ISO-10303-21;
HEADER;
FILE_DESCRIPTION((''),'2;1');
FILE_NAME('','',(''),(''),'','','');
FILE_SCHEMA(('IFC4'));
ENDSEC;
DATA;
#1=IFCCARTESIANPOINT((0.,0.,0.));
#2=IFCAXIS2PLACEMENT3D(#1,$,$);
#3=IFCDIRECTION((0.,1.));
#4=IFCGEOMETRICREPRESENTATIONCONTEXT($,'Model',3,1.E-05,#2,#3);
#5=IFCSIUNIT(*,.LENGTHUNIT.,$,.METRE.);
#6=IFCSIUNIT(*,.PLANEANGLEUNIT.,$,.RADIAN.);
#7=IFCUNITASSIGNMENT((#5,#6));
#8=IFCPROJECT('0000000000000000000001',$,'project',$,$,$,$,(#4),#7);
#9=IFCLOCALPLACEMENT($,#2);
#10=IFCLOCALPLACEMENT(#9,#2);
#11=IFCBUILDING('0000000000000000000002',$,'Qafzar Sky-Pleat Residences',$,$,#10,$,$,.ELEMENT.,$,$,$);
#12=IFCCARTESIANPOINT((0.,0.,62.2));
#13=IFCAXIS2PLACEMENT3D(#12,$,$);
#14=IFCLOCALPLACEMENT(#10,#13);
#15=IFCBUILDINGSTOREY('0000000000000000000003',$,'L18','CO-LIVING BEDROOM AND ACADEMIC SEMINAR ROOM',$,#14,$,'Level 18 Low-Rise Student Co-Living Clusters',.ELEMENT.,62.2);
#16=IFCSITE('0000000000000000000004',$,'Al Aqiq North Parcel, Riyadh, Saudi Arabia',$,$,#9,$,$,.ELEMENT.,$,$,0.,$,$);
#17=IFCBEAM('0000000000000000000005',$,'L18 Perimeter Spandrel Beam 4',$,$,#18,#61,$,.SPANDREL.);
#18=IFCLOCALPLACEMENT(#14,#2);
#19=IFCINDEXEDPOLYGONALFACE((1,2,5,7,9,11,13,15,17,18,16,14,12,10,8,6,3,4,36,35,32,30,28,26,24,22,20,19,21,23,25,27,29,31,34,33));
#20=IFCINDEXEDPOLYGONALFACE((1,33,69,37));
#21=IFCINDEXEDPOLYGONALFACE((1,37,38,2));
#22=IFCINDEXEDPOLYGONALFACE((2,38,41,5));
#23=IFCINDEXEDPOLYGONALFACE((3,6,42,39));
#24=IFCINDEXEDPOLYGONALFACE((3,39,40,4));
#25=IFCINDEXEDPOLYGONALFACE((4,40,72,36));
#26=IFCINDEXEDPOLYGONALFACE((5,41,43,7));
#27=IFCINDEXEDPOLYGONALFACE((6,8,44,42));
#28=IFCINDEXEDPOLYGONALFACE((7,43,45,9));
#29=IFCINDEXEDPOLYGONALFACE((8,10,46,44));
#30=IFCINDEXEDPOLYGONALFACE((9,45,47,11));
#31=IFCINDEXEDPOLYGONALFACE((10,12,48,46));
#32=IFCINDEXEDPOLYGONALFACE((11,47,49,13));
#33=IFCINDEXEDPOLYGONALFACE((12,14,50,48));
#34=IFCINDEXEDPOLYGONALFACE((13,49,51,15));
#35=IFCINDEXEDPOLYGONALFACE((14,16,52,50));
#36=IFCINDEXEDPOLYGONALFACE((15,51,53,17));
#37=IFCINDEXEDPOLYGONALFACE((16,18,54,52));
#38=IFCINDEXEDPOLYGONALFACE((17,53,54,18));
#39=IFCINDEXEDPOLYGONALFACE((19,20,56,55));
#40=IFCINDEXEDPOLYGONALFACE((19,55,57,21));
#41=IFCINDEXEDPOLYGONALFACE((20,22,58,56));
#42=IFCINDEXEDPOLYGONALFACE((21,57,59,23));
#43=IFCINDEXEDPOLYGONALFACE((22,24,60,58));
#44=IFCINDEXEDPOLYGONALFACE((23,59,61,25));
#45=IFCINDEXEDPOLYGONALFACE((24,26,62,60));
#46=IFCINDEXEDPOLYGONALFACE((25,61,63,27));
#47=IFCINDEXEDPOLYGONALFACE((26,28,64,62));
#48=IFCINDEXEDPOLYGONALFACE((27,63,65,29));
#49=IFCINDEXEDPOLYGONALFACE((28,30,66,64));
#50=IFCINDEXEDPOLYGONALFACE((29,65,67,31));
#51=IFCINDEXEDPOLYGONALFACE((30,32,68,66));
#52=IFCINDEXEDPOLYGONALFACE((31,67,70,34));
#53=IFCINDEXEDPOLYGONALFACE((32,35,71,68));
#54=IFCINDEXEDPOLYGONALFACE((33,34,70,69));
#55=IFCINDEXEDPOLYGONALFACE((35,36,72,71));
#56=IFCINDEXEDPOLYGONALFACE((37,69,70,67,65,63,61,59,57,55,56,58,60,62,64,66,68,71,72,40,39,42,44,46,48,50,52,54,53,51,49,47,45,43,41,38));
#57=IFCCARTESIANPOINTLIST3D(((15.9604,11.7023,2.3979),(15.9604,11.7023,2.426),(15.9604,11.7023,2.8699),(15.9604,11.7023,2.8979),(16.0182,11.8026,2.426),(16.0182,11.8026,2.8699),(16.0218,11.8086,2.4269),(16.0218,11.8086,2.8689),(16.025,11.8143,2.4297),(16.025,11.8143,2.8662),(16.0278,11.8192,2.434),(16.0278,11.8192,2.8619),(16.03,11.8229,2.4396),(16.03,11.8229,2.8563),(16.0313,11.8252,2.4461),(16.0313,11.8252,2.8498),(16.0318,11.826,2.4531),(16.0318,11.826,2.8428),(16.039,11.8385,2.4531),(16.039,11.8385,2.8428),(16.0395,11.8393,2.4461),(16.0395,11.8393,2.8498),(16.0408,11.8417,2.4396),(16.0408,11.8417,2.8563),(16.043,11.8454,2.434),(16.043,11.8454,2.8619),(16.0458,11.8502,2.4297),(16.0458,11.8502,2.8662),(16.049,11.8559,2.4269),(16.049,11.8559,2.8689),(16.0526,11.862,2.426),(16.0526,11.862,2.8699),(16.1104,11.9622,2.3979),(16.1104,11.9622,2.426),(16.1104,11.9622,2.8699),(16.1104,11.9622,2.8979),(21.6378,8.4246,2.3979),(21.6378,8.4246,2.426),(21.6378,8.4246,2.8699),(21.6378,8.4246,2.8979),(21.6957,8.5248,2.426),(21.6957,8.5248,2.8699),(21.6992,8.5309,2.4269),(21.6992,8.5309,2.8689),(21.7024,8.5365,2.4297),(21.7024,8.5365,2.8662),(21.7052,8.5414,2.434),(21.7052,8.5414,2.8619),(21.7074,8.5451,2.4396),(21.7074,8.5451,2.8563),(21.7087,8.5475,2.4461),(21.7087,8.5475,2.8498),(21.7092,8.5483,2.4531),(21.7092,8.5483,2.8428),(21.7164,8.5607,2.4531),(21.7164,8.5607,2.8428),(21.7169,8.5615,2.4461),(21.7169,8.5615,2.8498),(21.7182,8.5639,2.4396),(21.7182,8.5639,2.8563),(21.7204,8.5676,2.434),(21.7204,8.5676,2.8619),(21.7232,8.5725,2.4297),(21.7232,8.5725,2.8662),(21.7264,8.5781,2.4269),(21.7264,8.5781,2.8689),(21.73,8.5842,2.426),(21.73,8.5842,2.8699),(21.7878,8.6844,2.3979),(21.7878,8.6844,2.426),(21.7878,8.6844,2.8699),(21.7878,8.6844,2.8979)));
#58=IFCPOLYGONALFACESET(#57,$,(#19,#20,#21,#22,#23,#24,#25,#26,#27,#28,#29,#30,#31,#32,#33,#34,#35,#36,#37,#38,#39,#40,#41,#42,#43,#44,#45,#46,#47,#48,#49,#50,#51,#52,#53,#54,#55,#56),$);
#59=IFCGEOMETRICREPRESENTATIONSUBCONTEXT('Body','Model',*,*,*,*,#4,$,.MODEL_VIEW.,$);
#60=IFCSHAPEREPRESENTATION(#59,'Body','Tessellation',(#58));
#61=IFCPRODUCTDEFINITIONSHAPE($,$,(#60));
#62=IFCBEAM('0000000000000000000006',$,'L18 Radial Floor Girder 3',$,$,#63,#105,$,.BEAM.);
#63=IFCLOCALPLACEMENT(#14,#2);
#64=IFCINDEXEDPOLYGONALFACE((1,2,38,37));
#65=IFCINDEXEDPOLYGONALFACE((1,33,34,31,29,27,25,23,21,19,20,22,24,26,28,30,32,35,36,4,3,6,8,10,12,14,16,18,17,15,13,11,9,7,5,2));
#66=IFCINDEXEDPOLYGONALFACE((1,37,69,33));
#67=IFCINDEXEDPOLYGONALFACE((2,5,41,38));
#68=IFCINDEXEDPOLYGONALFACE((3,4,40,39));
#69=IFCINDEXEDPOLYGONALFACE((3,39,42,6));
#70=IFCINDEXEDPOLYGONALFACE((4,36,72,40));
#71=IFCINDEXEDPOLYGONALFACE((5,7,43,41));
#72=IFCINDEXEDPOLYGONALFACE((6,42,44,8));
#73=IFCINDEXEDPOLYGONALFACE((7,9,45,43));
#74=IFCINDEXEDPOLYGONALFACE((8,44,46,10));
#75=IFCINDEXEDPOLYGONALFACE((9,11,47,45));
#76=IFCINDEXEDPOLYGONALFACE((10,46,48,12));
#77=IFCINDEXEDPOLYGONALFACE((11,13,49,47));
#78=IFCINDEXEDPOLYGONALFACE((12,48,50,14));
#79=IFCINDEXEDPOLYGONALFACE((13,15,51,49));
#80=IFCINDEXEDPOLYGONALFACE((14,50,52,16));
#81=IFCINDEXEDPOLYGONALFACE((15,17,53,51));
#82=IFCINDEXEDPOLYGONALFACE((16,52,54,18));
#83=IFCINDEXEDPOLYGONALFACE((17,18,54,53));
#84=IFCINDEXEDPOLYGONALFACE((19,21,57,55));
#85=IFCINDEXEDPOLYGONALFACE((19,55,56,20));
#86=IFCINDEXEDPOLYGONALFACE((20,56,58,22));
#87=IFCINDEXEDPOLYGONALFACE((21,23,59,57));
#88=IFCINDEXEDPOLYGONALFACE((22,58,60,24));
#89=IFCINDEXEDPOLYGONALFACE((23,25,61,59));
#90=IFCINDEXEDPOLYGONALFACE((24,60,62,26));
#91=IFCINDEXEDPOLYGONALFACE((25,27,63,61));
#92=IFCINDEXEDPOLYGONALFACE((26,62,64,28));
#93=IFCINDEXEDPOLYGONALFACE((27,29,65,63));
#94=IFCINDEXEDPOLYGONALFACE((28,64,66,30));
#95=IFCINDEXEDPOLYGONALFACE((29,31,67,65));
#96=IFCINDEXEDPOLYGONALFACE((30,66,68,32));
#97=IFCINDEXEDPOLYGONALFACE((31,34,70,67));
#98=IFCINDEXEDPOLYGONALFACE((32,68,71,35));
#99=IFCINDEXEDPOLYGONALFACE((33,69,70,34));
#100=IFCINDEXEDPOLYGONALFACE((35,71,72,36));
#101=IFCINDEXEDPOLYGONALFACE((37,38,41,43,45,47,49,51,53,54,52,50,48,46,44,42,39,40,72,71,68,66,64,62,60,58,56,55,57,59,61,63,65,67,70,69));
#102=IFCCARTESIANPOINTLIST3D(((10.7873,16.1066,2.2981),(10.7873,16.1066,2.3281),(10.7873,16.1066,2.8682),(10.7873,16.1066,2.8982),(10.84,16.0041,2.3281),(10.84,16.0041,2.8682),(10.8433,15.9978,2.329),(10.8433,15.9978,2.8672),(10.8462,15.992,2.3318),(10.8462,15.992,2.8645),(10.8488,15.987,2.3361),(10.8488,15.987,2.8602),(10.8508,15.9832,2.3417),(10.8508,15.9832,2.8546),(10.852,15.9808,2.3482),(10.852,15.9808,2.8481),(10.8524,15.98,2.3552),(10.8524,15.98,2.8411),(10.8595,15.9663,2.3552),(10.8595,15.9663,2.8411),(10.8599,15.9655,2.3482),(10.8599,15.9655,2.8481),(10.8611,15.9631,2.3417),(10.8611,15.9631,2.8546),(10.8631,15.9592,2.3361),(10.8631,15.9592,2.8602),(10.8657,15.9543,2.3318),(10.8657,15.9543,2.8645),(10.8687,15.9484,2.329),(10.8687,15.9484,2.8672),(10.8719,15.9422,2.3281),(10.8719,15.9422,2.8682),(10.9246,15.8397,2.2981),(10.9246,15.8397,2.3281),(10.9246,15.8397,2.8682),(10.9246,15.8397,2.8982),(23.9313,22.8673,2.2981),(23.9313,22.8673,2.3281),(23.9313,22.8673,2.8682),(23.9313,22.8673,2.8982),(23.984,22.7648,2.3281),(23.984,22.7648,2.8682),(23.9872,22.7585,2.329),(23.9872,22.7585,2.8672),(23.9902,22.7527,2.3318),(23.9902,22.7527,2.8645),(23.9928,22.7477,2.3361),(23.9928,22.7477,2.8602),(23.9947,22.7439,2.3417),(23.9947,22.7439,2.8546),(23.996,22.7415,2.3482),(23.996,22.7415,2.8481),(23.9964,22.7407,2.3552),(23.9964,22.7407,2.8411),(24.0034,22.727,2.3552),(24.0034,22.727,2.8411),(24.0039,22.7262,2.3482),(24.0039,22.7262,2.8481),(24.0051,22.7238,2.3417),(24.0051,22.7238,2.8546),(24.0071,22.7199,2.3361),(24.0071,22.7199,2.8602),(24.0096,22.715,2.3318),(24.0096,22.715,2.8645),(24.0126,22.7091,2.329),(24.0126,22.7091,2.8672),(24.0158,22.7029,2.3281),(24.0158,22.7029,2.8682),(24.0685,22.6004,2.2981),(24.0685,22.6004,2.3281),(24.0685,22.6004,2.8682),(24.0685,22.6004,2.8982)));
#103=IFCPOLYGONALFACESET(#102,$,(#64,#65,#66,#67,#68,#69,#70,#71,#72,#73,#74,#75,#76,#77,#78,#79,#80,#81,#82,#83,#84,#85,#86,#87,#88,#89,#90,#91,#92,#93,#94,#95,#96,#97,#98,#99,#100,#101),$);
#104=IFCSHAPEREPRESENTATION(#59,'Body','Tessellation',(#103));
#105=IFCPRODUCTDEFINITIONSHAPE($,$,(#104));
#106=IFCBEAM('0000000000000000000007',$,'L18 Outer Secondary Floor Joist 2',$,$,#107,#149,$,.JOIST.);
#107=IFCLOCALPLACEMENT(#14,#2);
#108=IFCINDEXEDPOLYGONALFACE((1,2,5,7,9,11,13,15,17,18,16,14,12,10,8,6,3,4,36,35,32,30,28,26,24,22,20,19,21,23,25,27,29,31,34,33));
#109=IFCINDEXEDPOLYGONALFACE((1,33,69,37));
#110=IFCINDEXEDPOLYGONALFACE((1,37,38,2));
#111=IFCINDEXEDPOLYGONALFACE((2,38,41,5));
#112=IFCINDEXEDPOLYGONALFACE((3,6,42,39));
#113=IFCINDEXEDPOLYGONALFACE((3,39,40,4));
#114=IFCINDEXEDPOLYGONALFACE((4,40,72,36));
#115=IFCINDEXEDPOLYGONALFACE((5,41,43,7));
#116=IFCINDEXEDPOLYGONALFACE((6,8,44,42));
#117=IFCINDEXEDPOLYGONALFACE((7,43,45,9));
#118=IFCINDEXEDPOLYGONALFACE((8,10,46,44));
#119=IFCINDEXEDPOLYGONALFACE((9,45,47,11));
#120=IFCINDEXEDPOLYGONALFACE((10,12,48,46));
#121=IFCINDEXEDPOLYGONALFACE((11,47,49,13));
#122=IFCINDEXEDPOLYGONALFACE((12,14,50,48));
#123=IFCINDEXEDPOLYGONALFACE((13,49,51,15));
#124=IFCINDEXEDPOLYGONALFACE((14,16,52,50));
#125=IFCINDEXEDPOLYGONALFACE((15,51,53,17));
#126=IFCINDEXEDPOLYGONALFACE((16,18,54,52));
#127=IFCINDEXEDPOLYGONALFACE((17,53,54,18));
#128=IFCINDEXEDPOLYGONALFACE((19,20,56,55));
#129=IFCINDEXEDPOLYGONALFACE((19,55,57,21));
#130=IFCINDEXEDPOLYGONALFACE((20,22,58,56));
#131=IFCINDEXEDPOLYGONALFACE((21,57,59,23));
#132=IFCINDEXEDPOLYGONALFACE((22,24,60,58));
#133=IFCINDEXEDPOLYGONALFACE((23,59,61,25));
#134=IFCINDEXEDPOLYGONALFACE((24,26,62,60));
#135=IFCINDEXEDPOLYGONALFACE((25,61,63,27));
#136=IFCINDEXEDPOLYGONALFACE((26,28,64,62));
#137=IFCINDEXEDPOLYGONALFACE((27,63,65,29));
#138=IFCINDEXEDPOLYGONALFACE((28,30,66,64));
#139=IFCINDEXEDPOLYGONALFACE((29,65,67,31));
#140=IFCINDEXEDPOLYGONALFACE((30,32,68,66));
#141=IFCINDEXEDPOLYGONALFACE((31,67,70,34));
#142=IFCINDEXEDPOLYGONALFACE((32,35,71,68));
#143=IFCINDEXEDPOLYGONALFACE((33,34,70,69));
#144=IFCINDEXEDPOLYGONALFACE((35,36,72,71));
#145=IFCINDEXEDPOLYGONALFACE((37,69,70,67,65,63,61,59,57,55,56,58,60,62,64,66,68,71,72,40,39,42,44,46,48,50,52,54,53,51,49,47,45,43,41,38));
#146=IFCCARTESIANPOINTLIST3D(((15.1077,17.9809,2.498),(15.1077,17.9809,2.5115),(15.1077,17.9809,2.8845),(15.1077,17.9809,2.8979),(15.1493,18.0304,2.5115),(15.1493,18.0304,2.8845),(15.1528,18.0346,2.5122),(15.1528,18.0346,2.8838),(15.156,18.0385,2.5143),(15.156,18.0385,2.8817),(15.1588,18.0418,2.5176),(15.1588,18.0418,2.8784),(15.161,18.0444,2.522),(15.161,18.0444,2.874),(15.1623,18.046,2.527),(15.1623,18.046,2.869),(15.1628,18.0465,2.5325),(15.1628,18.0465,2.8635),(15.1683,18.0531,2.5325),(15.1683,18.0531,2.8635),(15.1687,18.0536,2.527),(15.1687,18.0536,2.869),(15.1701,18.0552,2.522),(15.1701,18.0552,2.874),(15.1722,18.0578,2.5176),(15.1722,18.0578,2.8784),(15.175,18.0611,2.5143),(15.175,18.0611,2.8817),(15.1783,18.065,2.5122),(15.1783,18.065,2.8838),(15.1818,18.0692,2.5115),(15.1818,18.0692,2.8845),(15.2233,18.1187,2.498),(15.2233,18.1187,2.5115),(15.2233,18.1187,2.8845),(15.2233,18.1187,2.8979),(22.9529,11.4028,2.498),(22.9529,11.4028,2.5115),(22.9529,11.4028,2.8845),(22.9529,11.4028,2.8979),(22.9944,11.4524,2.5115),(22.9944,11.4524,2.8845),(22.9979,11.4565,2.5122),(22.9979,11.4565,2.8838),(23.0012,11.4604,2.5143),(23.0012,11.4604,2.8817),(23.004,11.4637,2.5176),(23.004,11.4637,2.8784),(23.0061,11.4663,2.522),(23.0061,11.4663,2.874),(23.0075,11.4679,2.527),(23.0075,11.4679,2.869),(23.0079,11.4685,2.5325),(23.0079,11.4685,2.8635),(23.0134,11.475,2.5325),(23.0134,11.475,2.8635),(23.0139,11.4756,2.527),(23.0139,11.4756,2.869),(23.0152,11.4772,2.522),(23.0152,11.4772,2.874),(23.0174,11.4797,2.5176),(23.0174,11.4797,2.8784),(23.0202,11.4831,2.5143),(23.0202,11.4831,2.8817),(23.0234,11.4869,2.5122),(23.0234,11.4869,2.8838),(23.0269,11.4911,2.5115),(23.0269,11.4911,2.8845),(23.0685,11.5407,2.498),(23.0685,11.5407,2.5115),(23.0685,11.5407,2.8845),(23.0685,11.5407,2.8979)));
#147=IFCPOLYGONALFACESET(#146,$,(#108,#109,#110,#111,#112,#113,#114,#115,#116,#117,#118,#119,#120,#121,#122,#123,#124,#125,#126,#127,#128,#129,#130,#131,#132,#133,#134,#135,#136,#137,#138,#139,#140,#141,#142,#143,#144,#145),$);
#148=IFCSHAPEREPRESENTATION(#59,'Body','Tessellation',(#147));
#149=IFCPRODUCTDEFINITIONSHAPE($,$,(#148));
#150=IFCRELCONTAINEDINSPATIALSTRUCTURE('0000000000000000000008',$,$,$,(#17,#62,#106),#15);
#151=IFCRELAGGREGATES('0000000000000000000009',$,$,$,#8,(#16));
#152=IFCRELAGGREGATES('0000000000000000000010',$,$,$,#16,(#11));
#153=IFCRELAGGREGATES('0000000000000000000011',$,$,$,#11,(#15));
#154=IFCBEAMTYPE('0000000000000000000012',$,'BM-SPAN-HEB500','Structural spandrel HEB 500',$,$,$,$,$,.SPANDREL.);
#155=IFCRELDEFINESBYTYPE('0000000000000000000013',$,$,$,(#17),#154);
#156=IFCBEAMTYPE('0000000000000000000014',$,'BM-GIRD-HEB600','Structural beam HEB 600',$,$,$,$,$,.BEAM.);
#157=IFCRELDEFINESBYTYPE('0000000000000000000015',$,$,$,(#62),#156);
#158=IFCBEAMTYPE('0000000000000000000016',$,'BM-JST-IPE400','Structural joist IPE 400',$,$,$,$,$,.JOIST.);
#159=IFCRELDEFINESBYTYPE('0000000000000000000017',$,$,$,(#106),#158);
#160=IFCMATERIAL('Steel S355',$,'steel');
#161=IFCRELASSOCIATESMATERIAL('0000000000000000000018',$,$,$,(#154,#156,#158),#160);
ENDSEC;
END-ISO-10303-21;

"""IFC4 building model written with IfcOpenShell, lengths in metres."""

from ifc_helpers import new_model, si_unit, direction, frame, origin, origin_2d, place, context, subcontext, project, spatial, i_section, extrude, source, transform, mapped, material, material_profile, profile_set, type_object, element, save


model = new_model("IFC4")

# Units and contexts
model_context = context("Model", 3, precision=1e-05, world=origin(), true_north=direction((0.0, 1.0)))
body_context = subcontext(model_context, "Body", "Model", "MODEL_VIEW")
ifc_project = project(units=[si_unit("LENGTHUNIT", "METRE"), si_unit("PLANEANGLEUNIT", "RADIAN")], contexts=[model_context])

# Site, building, storey
site_placement = place(None, origin())
site = spatial("IfcSite", under=ifc_project, at=site_placement, Name="Al Aqiq North Parcel, Riyadh, Saudi Arabia", CompositionType="ELEMENT", RefElevation=0.0)
building_placement = place(site_placement, origin())
building = spatial("IfcBuilding", under=site, at=building_placement, Name="Qafzar Sky-Pleat Residences", CompositionType="ELEMENT")
storey_placement = place(building_placement, frame((0.0, 0.0, 62.2)))
storey = spatial("IfcBuildingStorey", under=building, at=storey_placement, Name="L18", Description="CO-LIVING BEDROOM AND ACADEMIC SEMINAR ROOM", LongName="Level 18 Low-Rise Student Co-Living Clusters", CompositionType="ELEMENT", Elevation=62.2)

# Beams
ifc_material_1 = material(Name="Steel S355", Category="steel")
ifc_material_profile_1 = material_profile(ifc_material_1, i_section(OverallWidth=0.3, OverallDepth=0.5, WebThickness=0.0144, FlangeThickness=0.0281, FilletRadius=0.0271, at=origin_2d()), Name="HEB 500")
ifc_profile_set_1 = profile_set([ifc_material_profile_1], Name="Steel S355")
beam_type_1 = type_object("IfcBeamType", Name="BM-SPAN-HEB500", Description="Structural spandrel HEB 500", PredefinedType="SPANDREL", material=ifc_profile_set_1)
shared_shape_1 = source(origin(), body_context, "Body", "SweptSolid", [
    extrude(i_section(OverallWidth=0.3, OverallDepth=0.5, WebThickness=0.0144, FlangeThickness=0.0281, FilletRadius=0.0271, at=origin_2d()), origin(), (0.0, 0.0, 1.0), 6.5557),
])
beam_1_placement = place(storey_placement, frame((16.0354, 11.8323, 2.6479), z_axis=(0.86603, -0.499992, 0.0), x_axis=(0.499992, 0.86603, 0.0)))
element("IfcBeam", 1, at=beam_1_placement, inside=storey, type_object=beam_type_1, Name="L18 Perimeter Spandrel Beam 4", PredefinedType="SPANDREL", context=body_context, shape_type="MappedRepresentation", body=[
    mapped(shared_shape_1, transform((0.0, 0.0, 0.0), x_axis=(1.0, 0.0, 0.0), y_axis=(0.0, 1.0, 0.0), z_axis=(0.0, 0.0, 1.0), scale=1.0)),
])
ifc_material_profile_2 = material_profile(ifc_material_1, i_section(OverallWidth=0.3, OverallDepth=0.6001, WebThickness=0.0154, FlangeThickness=0.03, FilletRadius=0.0271, at=origin_2d()), Name="HEB 600")
ifc_profile_set_2 = profile_set([ifc_material_profile_2], Name="Steel S355")
beam_type_2 = type_object("IfcBeamType", Name="BM-GIRD-HEB600", Description="Structural beam HEB 600", PredefinedType="BEAM", material=ifc_profile_set_2)
shared_shape_2 = source(origin(), body_context, "Body", "SweptSolid", [
    extrude(i_section(OverallWidth=0.3, OverallDepth=0.6001, WebThickness=0.0154, FlangeThickness=0.03, FilletRadius=0.0271, at=origin_2d()), origin(), (0.0, 0.0, 1.0), 14.7808),
])
beam_2_placement = place(storey_placement, frame((10.856, 15.9731, 2.5981), z_axis=(0.889262, 0.457399, 0.0), x_axis=(-0.457399, 0.889262, 0.0)))
element("IfcBeam", 2, at=beam_2_placement, inside=storey, type_object=beam_type_2, Name="L18 Radial Floor Girder 3", PredefinedType="BEAM", context=body_context, shape_type="MappedRepresentation", body=[
    mapped(shared_shape_2, transform((0.0, 0.0, 0.0), x_axis=(1.0, 0.0, 0.0), y_axis=(0.0, 1.0, 0.0), z_axis=(0.0, 0.0, 1.0), scale=1.0)),
])
ifc_material_profile_3 = material_profile(ifc_material_1, i_section(OverallWidth=0.1799, OverallDepth=0.3999, WebThickness=0.0085, FlangeThickness=0.0134, FilletRadius=0.021, at=origin_2d()), Name="IPE 400")
ifc_profile_set_3 = profile_set([ifc_material_profile_3], Name="Steel S355")
beam_type_3 = type_object("IfcBeamType", Name="BM-JST-IPE400", Description="Structural joist IPE 400", PredefinedType="JOIST", material=ifc_profile_set_3)
shared_shape_3 = source(origin(), body_context, "Body", "SweptSolid", [
    extrude(i_section(OverallWidth=0.1799, OverallDepth=0.3999, WebThickness=0.0085, FlangeThickness=0.0134, FilletRadius=0.021, at=origin_2d()), origin(), (0.0, 0.0, 1.0), 10.238),
])
beam_3_placement = place(storey_placement, frame((15.1655, 18.0498, 2.698), z_axis=(0.766275, -0.642513, 0.0), x_axis=(0.642513, 0.766275, 0.0)))
element("IfcBeam", 3, at=beam_3_placement, inside=storey, type_object=beam_type_3, Name="L18 Outer Secondary Floor Joist 2", PredefinedType="JOIST", context=body_context, shape_type="MappedRepresentation", body=[
    mapped(shared_shape_3, transform((0.0, 0.0, 0.0), x_axis=(1.0, 0.0, 0.0), y_axis=(0.0, 1.0, 0.0), z_axis=(0.0, 0.0, 1.0), scale=1.0)),
])

save(model, "model.ifc")
